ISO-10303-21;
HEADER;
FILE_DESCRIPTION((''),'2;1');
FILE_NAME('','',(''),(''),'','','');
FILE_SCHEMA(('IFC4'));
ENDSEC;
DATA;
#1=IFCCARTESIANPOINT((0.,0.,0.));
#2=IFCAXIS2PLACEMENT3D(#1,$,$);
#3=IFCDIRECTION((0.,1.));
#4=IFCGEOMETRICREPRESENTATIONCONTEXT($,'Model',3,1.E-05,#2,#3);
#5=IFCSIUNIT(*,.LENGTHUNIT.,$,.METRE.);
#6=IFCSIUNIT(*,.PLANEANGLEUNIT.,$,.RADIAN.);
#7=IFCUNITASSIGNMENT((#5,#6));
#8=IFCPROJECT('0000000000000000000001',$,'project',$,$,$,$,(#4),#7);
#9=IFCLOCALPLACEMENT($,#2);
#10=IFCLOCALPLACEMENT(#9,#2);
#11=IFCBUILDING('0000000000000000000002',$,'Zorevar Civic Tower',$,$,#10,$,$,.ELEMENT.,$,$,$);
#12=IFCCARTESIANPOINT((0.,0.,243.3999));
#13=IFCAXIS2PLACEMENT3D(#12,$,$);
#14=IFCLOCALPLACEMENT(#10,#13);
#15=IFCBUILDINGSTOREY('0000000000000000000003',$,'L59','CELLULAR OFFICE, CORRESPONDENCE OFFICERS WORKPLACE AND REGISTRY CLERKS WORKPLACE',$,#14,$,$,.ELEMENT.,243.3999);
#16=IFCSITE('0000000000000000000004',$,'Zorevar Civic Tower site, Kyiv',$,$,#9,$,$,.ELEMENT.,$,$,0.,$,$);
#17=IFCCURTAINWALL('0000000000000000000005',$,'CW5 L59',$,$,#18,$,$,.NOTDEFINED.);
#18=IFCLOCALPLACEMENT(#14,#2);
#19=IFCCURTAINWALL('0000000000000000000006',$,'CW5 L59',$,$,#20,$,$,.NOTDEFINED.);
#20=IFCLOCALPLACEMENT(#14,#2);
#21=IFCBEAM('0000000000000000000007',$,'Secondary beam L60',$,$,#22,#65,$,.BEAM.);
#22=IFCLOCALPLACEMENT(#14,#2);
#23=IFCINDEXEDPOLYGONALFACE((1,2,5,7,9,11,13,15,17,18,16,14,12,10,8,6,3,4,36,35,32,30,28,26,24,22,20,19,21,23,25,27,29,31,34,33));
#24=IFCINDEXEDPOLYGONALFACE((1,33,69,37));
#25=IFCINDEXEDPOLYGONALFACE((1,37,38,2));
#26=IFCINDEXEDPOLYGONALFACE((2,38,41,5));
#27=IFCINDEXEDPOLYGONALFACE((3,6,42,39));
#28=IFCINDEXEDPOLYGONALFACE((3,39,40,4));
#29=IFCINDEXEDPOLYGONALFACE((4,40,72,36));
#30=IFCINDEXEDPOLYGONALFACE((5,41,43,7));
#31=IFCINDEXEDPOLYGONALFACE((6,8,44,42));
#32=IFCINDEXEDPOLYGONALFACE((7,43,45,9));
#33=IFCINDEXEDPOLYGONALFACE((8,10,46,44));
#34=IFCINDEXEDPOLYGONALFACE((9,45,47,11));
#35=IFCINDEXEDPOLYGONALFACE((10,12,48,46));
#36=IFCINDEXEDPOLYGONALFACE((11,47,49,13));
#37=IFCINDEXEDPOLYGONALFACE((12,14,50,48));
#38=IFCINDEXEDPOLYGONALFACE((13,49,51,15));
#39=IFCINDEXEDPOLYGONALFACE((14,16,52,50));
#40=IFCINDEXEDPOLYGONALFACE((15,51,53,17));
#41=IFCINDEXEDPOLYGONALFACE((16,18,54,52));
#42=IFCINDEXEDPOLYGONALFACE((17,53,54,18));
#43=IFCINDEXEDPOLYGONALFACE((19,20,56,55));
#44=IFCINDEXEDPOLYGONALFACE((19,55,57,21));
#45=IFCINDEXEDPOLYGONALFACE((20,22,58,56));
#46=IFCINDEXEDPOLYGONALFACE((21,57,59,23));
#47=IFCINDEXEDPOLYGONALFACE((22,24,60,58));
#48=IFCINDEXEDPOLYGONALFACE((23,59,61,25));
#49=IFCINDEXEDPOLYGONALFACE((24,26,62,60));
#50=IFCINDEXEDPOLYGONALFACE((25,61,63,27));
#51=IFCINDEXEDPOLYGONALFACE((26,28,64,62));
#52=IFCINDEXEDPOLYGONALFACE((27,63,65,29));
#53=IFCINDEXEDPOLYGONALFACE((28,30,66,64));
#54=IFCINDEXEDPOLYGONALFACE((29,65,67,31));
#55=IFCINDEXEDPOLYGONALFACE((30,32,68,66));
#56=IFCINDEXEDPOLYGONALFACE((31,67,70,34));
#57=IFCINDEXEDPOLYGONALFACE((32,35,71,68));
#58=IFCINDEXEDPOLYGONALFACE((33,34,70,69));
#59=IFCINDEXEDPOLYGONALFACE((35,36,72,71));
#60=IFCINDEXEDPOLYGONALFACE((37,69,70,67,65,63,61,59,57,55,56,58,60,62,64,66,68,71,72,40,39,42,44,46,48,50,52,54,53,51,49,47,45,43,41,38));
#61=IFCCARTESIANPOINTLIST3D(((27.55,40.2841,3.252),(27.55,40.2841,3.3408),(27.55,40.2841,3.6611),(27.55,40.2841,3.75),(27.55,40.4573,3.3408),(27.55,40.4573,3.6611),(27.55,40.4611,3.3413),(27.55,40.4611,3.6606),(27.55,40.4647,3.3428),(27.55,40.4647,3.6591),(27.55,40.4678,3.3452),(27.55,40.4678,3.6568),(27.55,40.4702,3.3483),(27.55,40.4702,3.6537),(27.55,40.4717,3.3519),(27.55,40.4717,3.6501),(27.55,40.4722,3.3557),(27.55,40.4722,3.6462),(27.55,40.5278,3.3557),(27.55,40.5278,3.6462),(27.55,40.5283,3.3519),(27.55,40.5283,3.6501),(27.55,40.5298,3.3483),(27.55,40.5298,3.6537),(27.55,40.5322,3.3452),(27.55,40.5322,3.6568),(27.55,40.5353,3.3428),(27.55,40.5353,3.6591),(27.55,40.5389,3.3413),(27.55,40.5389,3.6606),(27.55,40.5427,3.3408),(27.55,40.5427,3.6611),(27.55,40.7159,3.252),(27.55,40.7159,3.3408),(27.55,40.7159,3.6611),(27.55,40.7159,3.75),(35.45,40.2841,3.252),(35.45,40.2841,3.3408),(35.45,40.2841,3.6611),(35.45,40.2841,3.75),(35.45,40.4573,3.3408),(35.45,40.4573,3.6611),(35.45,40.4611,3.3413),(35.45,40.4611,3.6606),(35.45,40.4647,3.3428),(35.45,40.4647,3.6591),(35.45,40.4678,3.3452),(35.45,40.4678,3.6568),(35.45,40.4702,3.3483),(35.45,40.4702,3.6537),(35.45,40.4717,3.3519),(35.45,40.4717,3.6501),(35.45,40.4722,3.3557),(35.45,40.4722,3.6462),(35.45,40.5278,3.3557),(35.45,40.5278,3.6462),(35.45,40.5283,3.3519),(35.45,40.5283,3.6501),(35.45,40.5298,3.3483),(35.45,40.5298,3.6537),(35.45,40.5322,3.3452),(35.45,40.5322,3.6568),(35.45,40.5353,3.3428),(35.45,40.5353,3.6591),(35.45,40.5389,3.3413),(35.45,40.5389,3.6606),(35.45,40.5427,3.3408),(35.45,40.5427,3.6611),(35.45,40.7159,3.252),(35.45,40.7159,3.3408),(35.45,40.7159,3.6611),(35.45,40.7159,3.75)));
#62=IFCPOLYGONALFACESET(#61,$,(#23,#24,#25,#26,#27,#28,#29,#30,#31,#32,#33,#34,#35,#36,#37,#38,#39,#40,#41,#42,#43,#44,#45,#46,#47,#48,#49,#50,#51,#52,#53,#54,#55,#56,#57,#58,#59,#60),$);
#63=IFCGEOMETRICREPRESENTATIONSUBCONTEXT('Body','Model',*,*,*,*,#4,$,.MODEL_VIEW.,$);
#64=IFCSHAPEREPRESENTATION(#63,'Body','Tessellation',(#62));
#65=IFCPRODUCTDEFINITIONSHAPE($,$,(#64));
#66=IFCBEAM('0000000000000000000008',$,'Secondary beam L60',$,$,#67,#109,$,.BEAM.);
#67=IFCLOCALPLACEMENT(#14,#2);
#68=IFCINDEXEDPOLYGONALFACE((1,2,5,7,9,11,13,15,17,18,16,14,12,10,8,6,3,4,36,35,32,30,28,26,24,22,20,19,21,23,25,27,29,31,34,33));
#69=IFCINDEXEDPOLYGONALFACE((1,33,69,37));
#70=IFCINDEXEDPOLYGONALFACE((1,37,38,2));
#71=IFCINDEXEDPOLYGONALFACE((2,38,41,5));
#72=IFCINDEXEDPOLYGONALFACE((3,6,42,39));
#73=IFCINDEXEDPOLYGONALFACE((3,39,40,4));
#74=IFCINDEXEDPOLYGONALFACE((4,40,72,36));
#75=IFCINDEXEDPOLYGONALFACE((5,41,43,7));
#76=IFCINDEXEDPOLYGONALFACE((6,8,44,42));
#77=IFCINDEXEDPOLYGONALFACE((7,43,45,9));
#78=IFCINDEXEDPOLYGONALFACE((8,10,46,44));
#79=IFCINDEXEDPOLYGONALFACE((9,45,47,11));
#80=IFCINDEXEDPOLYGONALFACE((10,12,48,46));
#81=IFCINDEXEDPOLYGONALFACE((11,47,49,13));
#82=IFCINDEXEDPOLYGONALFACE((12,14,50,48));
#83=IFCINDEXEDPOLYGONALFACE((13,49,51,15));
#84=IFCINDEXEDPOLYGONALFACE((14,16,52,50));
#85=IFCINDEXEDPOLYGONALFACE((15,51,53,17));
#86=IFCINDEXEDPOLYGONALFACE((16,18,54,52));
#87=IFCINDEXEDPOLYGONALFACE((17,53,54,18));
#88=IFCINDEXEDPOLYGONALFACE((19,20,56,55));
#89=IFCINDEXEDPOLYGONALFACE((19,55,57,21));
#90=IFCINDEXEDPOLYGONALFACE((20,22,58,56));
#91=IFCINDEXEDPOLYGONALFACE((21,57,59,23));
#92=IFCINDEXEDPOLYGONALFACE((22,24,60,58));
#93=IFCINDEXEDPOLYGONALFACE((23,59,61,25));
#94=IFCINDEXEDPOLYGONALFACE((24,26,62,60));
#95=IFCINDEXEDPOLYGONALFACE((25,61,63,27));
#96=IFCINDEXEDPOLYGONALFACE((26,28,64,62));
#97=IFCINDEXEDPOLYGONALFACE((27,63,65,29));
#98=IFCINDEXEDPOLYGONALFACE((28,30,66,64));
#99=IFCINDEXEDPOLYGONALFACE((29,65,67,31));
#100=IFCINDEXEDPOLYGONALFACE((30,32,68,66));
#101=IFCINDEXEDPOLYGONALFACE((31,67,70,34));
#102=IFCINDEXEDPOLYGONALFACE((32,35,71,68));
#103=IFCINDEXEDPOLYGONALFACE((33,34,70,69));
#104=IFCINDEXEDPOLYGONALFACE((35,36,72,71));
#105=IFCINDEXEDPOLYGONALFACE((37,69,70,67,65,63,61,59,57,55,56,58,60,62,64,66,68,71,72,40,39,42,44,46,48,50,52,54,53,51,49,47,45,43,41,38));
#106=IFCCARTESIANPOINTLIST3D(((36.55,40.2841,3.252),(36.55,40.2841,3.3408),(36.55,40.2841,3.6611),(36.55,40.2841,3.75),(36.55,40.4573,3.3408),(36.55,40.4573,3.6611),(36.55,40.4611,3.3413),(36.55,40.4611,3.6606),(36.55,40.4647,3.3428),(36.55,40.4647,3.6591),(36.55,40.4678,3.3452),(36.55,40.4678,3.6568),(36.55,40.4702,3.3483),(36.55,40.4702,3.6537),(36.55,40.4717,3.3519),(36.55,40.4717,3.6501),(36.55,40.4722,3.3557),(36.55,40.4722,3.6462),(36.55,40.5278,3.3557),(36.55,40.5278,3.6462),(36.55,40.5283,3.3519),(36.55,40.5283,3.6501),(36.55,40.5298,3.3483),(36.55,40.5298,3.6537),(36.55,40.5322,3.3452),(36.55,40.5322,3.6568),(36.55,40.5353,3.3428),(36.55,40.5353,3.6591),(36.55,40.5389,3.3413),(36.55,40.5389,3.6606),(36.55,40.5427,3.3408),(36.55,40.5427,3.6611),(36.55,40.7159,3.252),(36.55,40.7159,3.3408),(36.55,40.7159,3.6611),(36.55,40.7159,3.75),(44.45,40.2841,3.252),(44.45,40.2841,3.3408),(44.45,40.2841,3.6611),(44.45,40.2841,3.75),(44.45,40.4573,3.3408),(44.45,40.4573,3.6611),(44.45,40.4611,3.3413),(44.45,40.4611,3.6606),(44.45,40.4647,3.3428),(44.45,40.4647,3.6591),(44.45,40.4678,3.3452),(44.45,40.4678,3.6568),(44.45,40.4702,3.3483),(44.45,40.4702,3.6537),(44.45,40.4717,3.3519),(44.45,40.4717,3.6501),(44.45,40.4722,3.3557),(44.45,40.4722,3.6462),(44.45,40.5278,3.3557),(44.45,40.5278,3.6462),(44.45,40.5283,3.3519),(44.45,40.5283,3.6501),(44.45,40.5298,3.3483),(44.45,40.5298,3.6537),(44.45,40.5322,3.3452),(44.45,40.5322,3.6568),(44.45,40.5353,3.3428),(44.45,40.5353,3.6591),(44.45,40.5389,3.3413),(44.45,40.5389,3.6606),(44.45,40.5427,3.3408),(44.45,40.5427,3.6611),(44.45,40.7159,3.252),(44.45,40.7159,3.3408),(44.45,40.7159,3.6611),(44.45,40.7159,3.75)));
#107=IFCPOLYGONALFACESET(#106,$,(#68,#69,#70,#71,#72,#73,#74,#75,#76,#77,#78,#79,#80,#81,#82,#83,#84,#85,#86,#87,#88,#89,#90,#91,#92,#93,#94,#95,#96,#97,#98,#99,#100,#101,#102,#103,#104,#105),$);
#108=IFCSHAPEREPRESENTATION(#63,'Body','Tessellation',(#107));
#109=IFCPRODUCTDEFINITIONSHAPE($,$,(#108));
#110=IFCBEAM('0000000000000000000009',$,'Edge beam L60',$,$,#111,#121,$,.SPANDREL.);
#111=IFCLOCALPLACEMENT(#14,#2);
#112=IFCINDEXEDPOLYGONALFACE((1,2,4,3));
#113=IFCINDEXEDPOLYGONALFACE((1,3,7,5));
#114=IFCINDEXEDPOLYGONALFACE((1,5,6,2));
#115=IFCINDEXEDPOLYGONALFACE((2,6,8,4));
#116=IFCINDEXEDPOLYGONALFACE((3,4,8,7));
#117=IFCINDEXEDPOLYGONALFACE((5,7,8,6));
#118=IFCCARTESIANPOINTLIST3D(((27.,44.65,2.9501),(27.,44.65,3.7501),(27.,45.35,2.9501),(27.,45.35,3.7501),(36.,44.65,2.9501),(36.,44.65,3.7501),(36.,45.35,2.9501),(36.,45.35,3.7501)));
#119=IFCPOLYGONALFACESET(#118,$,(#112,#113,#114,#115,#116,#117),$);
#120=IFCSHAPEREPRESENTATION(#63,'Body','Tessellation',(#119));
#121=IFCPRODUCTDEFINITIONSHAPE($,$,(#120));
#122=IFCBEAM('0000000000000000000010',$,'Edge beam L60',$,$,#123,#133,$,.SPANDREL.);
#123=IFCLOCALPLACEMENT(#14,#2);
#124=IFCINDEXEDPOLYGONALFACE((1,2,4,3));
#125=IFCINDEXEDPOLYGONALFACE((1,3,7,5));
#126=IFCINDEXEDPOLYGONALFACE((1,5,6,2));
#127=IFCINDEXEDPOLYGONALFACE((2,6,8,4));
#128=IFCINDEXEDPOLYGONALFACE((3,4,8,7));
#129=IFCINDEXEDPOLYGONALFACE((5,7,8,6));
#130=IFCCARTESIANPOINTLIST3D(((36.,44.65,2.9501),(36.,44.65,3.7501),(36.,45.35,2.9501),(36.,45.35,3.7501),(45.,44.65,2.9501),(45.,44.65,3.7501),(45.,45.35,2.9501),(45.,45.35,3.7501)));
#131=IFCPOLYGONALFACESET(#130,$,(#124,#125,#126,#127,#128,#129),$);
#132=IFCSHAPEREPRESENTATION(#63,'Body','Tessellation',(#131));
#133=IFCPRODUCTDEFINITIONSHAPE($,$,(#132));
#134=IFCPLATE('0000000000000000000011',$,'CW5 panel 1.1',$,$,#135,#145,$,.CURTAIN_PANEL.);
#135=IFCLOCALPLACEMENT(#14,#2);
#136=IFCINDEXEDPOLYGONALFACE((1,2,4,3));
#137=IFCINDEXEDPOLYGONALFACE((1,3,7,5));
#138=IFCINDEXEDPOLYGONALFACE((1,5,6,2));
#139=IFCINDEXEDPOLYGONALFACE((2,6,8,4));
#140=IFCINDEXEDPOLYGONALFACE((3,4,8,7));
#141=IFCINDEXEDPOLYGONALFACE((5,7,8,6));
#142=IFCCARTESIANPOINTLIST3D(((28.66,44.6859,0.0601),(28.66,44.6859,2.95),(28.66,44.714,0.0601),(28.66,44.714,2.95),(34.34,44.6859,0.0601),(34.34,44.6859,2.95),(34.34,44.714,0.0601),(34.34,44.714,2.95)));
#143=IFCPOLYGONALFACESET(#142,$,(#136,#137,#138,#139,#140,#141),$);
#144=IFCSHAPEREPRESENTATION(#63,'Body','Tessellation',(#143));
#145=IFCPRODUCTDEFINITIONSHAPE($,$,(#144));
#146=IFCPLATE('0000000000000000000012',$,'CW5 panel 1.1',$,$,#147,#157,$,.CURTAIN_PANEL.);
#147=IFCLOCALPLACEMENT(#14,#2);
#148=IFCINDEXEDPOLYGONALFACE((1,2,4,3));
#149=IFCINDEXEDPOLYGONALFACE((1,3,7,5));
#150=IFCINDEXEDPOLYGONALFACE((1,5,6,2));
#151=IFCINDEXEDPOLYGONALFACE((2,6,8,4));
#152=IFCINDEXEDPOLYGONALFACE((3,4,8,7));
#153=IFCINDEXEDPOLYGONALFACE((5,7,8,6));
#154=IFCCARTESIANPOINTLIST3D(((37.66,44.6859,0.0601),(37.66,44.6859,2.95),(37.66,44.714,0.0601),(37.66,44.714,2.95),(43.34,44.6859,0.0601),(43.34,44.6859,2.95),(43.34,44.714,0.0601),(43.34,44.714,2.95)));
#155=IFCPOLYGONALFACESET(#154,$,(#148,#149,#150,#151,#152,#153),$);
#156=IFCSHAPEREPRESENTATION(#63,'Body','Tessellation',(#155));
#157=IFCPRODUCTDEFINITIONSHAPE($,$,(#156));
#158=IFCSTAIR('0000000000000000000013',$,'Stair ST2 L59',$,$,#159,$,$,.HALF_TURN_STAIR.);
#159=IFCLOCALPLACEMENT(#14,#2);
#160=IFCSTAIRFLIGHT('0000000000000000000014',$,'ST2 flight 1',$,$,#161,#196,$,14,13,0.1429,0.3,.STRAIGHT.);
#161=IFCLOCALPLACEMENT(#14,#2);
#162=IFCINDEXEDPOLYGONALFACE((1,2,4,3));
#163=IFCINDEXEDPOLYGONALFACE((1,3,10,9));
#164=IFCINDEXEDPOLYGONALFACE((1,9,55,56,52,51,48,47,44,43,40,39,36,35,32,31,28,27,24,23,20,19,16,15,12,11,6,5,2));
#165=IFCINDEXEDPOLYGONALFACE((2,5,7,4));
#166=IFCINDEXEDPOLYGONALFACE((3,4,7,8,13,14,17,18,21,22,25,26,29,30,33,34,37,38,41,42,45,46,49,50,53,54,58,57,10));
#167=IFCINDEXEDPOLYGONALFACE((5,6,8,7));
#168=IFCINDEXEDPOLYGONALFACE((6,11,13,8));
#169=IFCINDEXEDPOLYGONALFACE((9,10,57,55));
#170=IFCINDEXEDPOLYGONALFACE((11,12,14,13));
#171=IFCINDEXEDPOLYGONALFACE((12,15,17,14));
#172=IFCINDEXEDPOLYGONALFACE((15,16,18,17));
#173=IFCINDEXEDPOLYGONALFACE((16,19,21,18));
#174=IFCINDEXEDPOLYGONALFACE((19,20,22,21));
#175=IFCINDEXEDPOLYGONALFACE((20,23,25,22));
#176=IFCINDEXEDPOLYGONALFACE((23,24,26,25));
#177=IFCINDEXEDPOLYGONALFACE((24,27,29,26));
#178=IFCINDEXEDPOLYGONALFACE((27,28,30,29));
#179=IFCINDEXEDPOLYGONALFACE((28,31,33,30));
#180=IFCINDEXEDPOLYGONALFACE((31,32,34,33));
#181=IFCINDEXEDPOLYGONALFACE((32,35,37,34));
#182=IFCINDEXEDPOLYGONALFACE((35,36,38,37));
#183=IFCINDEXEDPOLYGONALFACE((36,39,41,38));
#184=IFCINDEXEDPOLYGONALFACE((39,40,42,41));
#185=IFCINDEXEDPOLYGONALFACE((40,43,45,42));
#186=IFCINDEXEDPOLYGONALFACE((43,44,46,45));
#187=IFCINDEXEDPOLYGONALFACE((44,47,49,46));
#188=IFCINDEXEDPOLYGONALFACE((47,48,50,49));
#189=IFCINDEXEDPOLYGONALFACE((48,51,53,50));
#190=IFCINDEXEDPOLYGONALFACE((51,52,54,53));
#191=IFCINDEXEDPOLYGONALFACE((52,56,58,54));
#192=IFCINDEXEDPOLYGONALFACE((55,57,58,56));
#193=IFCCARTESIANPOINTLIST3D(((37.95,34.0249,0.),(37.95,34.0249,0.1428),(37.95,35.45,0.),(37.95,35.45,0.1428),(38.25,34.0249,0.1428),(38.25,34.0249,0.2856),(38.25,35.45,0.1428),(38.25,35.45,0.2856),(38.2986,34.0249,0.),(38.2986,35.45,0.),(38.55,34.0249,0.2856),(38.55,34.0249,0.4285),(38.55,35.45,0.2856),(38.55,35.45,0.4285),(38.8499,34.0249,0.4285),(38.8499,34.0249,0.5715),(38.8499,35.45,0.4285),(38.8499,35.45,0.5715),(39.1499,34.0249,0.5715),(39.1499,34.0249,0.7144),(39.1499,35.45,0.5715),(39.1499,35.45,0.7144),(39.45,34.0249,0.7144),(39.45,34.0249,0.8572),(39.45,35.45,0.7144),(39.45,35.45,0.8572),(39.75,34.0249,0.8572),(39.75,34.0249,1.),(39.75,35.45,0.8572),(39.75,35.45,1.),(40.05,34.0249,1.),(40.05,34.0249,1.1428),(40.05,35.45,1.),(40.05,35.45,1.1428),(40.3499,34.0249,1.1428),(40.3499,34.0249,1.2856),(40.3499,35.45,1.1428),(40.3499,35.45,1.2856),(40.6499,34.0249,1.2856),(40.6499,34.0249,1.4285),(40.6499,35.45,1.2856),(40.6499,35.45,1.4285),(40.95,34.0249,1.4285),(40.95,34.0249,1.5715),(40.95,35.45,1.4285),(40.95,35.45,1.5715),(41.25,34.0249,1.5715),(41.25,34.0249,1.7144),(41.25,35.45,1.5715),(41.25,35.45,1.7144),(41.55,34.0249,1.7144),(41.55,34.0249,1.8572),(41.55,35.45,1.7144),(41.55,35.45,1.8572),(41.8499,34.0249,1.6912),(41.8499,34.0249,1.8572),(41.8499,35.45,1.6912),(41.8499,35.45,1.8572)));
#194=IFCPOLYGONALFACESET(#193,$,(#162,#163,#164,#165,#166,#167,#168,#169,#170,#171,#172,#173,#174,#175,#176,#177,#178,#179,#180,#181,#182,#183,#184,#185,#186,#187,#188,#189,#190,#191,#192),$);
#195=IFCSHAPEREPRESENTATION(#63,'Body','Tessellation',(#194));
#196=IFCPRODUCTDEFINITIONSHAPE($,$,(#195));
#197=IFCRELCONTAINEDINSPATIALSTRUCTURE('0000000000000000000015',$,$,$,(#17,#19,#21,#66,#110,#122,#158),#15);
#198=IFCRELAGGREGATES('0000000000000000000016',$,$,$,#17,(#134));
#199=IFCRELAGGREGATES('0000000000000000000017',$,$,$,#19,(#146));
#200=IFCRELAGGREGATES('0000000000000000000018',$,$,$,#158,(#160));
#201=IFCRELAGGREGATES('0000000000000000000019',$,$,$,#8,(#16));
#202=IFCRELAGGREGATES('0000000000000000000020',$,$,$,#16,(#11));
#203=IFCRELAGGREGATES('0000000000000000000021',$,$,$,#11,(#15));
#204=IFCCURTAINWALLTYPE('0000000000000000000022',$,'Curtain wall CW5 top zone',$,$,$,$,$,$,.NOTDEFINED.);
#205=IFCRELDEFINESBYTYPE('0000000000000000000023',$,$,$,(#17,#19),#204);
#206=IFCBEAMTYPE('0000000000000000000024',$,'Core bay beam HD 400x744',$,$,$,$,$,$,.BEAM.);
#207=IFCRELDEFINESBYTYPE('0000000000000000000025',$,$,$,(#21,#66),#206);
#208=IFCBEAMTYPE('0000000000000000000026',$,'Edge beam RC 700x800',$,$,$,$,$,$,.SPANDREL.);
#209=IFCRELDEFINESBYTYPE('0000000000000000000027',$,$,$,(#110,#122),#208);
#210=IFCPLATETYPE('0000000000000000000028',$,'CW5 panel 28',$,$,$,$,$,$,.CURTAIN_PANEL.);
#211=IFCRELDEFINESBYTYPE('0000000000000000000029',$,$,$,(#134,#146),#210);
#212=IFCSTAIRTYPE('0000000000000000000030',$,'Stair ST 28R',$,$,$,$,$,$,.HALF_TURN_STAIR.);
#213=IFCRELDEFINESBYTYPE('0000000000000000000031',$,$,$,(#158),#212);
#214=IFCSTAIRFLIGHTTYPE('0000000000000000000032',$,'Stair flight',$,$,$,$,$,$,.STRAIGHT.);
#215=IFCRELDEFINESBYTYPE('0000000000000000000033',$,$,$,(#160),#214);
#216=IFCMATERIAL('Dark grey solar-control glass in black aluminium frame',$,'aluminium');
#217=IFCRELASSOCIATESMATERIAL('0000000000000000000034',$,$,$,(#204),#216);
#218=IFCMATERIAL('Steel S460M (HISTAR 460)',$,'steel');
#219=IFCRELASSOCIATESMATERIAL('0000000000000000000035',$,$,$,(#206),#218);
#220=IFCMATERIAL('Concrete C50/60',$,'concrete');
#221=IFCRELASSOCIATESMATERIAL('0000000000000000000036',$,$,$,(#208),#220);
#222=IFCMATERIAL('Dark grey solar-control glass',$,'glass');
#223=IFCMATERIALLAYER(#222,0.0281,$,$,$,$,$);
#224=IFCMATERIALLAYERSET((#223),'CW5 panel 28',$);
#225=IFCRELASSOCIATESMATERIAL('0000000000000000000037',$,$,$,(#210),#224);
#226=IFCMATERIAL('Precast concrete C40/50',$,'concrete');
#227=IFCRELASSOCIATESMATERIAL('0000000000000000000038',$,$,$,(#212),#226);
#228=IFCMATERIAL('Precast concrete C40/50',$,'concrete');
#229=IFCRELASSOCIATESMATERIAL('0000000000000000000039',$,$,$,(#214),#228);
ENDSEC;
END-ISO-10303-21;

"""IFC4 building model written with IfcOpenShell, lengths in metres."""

from ifc_helpers import new_model, si_unit, direction, frame, origin, origin_2d, place, context, subcontext, project, spatial, polyline, rectangle, i_section, outline, extrude, material, layer, layer_set, material_profile, profile_set, type_object, element, aggregate, save


model = new_model("IFC4")

# Units and contexts
model_context = context("Model", 3, precision=1e-05, world=origin(), true_north=direction((0.0, 1.0)))
body_context = subcontext(model_context, "Body", "Model", "MODEL_VIEW")
ifc_project = project(units=[si_unit("LENGTHUNIT", "METRE"), si_unit("PLANEANGLEUNIT", "RADIAN")], contexts=[model_context])

# Site, building, storey
site_placement = place(None, origin())
site = spatial("IfcSite", under=ifc_project, at=site_placement, Name="Zorevar Civic Tower site, Kyiv", CompositionType="ELEMENT", RefElevation=0.0)
building_placement = place(site_placement, origin())
building = spatial("IfcBuilding", under=site, at=building_placement, Name="Zorevar Civic Tower", CompositionType="ELEMENT")
storey_placement = place(building_placement, frame((0.0, 0.0, 243.3999)))
storey = spatial("IfcBuildingStorey", under=building, at=storey_placement, Name="L59", Description="CELLULAR OFFICE, CORRESPONDENCE OFFICERS WORKPLACE AND REGISTRY CLERKS WORKPLACE", CompositionType="ELEMENT", Elevation=243.3999)

# Curtain walls
ifc_material_1 = material(Name="Dark grey solar-control glass in black aluminium frame", Category="aluminium")
curtain_wall_type = type_object("IfcCurtainWallType", Name="Curtain wall CW5 top zone", PredefinedType="NOTDEFINED", material=ifc_material_1)
curtain_wall_1_placement = place(storey_placement, origin())
curtain_wall_1 = element("IfcCurtainWall", 1, at=curtain_wall_1_placement, inside=storey, type_object=curtain_wall_type, Name="CW5 L59", PredefinedType="NOTDEFINED")
curtain_wall_2_placement = place(storey_placement, origin())
curtain_wall_2 = element("IfcCurtainWall", 2, at=curtain_wall_2_placement, inside=storey, type_object=curtain_wall_type, Name="CW5 L59", PredefinedType="NOTDEFINED")

# Beams
ifc_material_2 = material(Name="Steel S460M (HISTAR 460)", Category="steel")
ifc_material_profile_1 = material_profile(ifc_material_2, i_section(OverallWidth=0.4319, OverallDepth=0.498, WebThickness=0.0557, FlangeThickness=0.0889, FilletRadius=0.0149, at=origin_2d()), Name="HD 400x744")
ifc_profile_set_1 = profile_set([ifc_material_profile_1], Name="Steel S460M (HISTAR 460)")
beam_type_1 = type_object("IfcBeamType", Name="Core bay beam HD 400x744", PredefinedType="BEAM", material=ifc_profile_set_1)
for number, where, z_axis, x_axis, name in (
    (3, (27.55, 40.5, 3.501), (1.0, 0.0, 0.0), (0.0, 1.0, 0.0), "Secondary beam L60"),
    (4, (36.55, 40.5, 3.501), (1.0, 0.0, 0.0), (0.0, 1.0, 0.0), "Secondary beam L60"),
):
    element("IfcBeam", number, at=place(storey_placement, frame(where, z_axis=z_axis, x_axis=x_axis)), inside=storey, type_object=beam_type_1, Name=name, PredefinedType="BEAM", context=body_context, shape_type="SweptSolid", body=[
        extrude(i_section(OverallWidth=0.4319, OverallDepth=0.498, WebThickness=0.0557, FlangeThickness=0.0889, FilletRadius=0.0149, at=origin_2d()), origin(), (0.0, 0.0, 1.0), 7.8999),
    ])
ifc_material_3 = material(Name="Concrete C50/60", Category="concrete")
ifc_material_profile_2 = material_profile(ifc_material_3, rectangle(XDim=0.7, YDim=0.8, at=origin_2d()), Name="RC 700x800")
ifc_profile_set_2 = profile_set([ifc_material_profile_2], Name="Concrete C50/60")
beam_type_2 = type_object("IfcBeamType", Name="Edge beam RC 700x800", PredefinedType="SPANDREL", material=ifc_profile_set_2)
for number, where, z_axis, x_axis, name in (
    (5, (27.0, 45.0, 3.3501), (1.0, 0.0, 0.0), (0.0, 1.0, 0.0), "Edge beam L60"),
    (6, (36.0, 45.0, 3.3501), (1.0, 0.0, 0.0), (0.0, 1.0, 0.0), "Edge beam L60"),
):
    element("IfcBeam", number, at=place(storey_placement, frame(where, z_axis=z_axis, x_axis=x_axis)), inside=storey, type_object=beam_type_2, Name=name, PredefinedType="SPANDREL", context=body_context, shape_type="SweptSolid", body=[
        extrude(rectangle(XDim=0.7, YDim=0.8, at=origin_2d()), origin(), (0.0, 0.0, 1.0), 9.0),
    ])

# Plates
ifc_material_4 = material(Name="Dark grey solar-control glass", Category="glass")
ifc_layer_1 = layer(ifc_material_4, 0.0281)
ifc_layer_set_1 = layer_set([ifc_layer_1], Name="CW5 panel 28")
plate_type = type_object("IfcPlateType", Name="CW5 panel 28", PredefinedType="CURTAIN_PANEL", material=ifc_layer_set_1)
plate_1_placement = place(storey_placement, frame((31.5, 44.7, 0.0601), z_axis=(0.0, 0.0, 1.0), x_axis=(1.0, 0.0, 0.0)))
plate_1 = element("IfcPlate", 7, at=plate_1_placement, type_object=plate_type, Name="CW5 panel 1.1", PredefinedType="CURTAIN_PANEL", context=body_context, shape_type="SweptSolid", body=[
    extrude(rectangle(XDim=5.6799, YDim=0.0281, at=origin_2d()), origin(), (0.0, 0.0, 1.0), 2.8899),
])
aggregate(curtain_wall_1, [plate_1])
plate_2_placement = place(storey_placement, frame((40.5, 44.7, 0.0601), z_axis=(0.0, 0.0, 1.0), x_axis=(1.0, 0.0, 0.0)))
plate_2 = element("IfcPlate", 8, at=plate_2_placement, type_object=plate_type, Name="CW5 panel 1.1", PredefinedType="CURTAIN_PANEL", context=body_context, shape_type="SweptSolid", body=[
    extrude(rectangle(XDim=5.6799, YDim=0.0281, at=origin_2d()), origin(), (0.0, 0.0, 1.0), 2.8899),
])
aggregate(curtain_wall_2, [plate_2])

# Stair, stair flight
ifc_material_5 = material(Name="Precast concrete C40/50", Category="concrete")
stair_type = type_object("IfcStairType", Name="Stair ST 28R", PredefinedType="HALF_TURN_STAIR", material=ifc_material_5)
stair_placement = place(storey_placement, origin())
stair = element("IfcStair", 9, at=stair_placement, inside=storey, type_object=stair_type, Name="Stair ST2 L59", PredefinedType="HALF_TURN_STAIR")
ifc_material_6 = material(Name="Precast concrete C40/50", Category="concrete")
stair_flight_type = type_object("IfcStairFlightType", Name="Stair flight", PredefinedType="STRAIGHT", material=ifc_material_6)
stair_flight_placement = place(storey_placement, frame((37.95, 34.7375, 0.0), z_axis=(0.0, 0.0, 1.0), x_axis=(1.0, 0.0, 0.0)))
stair_flight = element("IfcStairFlight", 10, at=stair_flight_placement, type_object=stair_flight_type, Name="ST2 flight 1", NumberOfRisers=14, NumberOfTreads=13, PredefinedType="STRAIGHT", RiserHeight=0.1429, TreadLength=0.3, context=body_context, shape_type="SweptSolid", body=[
    extrude(outline(polyline([(0.0, 0.0), (0.0, 0.1428), (0.3, 0.1428), (0.3, 0.2856), (0.6001, 0.2856), (0.6001, 0.4285), (0.8999, 0.4285), (0.8999, 0.5715), (1.2, 0.5715), (1.2, 0.7144), (1.5, 0.7144), (1.5, 0.8572), (1.8, 0.8572), (1.8, 1.0), (2.1001, 1.0), (2.1001, 1.1428), (2.3999, 1.1428), (2.3999, 1.2856), (2.7, 1.2856), (2.7, 1.4285), (3.0, 1.4285), (3.0, 1.5715), (3.3, 1.5715), (3.3, 1.7144), (3.6001, 1.7144), (3.6001, 1.8572), (3.8999, 1.8572), (3.8999, 2.0), (3.8999, 1.6912), (0.3486, 0.0), (0.0, 0.0)])), frame((0.0, 0.7124, 0.0), z_axis=(0.0, -1.0, 0.0), x_axis=(1.0, 0.0, 0.0)), (0.0, 0.0, 1.0), 1.425),
])
aggregate(stair, [stair_flight])

save(model, "model.ifc")
